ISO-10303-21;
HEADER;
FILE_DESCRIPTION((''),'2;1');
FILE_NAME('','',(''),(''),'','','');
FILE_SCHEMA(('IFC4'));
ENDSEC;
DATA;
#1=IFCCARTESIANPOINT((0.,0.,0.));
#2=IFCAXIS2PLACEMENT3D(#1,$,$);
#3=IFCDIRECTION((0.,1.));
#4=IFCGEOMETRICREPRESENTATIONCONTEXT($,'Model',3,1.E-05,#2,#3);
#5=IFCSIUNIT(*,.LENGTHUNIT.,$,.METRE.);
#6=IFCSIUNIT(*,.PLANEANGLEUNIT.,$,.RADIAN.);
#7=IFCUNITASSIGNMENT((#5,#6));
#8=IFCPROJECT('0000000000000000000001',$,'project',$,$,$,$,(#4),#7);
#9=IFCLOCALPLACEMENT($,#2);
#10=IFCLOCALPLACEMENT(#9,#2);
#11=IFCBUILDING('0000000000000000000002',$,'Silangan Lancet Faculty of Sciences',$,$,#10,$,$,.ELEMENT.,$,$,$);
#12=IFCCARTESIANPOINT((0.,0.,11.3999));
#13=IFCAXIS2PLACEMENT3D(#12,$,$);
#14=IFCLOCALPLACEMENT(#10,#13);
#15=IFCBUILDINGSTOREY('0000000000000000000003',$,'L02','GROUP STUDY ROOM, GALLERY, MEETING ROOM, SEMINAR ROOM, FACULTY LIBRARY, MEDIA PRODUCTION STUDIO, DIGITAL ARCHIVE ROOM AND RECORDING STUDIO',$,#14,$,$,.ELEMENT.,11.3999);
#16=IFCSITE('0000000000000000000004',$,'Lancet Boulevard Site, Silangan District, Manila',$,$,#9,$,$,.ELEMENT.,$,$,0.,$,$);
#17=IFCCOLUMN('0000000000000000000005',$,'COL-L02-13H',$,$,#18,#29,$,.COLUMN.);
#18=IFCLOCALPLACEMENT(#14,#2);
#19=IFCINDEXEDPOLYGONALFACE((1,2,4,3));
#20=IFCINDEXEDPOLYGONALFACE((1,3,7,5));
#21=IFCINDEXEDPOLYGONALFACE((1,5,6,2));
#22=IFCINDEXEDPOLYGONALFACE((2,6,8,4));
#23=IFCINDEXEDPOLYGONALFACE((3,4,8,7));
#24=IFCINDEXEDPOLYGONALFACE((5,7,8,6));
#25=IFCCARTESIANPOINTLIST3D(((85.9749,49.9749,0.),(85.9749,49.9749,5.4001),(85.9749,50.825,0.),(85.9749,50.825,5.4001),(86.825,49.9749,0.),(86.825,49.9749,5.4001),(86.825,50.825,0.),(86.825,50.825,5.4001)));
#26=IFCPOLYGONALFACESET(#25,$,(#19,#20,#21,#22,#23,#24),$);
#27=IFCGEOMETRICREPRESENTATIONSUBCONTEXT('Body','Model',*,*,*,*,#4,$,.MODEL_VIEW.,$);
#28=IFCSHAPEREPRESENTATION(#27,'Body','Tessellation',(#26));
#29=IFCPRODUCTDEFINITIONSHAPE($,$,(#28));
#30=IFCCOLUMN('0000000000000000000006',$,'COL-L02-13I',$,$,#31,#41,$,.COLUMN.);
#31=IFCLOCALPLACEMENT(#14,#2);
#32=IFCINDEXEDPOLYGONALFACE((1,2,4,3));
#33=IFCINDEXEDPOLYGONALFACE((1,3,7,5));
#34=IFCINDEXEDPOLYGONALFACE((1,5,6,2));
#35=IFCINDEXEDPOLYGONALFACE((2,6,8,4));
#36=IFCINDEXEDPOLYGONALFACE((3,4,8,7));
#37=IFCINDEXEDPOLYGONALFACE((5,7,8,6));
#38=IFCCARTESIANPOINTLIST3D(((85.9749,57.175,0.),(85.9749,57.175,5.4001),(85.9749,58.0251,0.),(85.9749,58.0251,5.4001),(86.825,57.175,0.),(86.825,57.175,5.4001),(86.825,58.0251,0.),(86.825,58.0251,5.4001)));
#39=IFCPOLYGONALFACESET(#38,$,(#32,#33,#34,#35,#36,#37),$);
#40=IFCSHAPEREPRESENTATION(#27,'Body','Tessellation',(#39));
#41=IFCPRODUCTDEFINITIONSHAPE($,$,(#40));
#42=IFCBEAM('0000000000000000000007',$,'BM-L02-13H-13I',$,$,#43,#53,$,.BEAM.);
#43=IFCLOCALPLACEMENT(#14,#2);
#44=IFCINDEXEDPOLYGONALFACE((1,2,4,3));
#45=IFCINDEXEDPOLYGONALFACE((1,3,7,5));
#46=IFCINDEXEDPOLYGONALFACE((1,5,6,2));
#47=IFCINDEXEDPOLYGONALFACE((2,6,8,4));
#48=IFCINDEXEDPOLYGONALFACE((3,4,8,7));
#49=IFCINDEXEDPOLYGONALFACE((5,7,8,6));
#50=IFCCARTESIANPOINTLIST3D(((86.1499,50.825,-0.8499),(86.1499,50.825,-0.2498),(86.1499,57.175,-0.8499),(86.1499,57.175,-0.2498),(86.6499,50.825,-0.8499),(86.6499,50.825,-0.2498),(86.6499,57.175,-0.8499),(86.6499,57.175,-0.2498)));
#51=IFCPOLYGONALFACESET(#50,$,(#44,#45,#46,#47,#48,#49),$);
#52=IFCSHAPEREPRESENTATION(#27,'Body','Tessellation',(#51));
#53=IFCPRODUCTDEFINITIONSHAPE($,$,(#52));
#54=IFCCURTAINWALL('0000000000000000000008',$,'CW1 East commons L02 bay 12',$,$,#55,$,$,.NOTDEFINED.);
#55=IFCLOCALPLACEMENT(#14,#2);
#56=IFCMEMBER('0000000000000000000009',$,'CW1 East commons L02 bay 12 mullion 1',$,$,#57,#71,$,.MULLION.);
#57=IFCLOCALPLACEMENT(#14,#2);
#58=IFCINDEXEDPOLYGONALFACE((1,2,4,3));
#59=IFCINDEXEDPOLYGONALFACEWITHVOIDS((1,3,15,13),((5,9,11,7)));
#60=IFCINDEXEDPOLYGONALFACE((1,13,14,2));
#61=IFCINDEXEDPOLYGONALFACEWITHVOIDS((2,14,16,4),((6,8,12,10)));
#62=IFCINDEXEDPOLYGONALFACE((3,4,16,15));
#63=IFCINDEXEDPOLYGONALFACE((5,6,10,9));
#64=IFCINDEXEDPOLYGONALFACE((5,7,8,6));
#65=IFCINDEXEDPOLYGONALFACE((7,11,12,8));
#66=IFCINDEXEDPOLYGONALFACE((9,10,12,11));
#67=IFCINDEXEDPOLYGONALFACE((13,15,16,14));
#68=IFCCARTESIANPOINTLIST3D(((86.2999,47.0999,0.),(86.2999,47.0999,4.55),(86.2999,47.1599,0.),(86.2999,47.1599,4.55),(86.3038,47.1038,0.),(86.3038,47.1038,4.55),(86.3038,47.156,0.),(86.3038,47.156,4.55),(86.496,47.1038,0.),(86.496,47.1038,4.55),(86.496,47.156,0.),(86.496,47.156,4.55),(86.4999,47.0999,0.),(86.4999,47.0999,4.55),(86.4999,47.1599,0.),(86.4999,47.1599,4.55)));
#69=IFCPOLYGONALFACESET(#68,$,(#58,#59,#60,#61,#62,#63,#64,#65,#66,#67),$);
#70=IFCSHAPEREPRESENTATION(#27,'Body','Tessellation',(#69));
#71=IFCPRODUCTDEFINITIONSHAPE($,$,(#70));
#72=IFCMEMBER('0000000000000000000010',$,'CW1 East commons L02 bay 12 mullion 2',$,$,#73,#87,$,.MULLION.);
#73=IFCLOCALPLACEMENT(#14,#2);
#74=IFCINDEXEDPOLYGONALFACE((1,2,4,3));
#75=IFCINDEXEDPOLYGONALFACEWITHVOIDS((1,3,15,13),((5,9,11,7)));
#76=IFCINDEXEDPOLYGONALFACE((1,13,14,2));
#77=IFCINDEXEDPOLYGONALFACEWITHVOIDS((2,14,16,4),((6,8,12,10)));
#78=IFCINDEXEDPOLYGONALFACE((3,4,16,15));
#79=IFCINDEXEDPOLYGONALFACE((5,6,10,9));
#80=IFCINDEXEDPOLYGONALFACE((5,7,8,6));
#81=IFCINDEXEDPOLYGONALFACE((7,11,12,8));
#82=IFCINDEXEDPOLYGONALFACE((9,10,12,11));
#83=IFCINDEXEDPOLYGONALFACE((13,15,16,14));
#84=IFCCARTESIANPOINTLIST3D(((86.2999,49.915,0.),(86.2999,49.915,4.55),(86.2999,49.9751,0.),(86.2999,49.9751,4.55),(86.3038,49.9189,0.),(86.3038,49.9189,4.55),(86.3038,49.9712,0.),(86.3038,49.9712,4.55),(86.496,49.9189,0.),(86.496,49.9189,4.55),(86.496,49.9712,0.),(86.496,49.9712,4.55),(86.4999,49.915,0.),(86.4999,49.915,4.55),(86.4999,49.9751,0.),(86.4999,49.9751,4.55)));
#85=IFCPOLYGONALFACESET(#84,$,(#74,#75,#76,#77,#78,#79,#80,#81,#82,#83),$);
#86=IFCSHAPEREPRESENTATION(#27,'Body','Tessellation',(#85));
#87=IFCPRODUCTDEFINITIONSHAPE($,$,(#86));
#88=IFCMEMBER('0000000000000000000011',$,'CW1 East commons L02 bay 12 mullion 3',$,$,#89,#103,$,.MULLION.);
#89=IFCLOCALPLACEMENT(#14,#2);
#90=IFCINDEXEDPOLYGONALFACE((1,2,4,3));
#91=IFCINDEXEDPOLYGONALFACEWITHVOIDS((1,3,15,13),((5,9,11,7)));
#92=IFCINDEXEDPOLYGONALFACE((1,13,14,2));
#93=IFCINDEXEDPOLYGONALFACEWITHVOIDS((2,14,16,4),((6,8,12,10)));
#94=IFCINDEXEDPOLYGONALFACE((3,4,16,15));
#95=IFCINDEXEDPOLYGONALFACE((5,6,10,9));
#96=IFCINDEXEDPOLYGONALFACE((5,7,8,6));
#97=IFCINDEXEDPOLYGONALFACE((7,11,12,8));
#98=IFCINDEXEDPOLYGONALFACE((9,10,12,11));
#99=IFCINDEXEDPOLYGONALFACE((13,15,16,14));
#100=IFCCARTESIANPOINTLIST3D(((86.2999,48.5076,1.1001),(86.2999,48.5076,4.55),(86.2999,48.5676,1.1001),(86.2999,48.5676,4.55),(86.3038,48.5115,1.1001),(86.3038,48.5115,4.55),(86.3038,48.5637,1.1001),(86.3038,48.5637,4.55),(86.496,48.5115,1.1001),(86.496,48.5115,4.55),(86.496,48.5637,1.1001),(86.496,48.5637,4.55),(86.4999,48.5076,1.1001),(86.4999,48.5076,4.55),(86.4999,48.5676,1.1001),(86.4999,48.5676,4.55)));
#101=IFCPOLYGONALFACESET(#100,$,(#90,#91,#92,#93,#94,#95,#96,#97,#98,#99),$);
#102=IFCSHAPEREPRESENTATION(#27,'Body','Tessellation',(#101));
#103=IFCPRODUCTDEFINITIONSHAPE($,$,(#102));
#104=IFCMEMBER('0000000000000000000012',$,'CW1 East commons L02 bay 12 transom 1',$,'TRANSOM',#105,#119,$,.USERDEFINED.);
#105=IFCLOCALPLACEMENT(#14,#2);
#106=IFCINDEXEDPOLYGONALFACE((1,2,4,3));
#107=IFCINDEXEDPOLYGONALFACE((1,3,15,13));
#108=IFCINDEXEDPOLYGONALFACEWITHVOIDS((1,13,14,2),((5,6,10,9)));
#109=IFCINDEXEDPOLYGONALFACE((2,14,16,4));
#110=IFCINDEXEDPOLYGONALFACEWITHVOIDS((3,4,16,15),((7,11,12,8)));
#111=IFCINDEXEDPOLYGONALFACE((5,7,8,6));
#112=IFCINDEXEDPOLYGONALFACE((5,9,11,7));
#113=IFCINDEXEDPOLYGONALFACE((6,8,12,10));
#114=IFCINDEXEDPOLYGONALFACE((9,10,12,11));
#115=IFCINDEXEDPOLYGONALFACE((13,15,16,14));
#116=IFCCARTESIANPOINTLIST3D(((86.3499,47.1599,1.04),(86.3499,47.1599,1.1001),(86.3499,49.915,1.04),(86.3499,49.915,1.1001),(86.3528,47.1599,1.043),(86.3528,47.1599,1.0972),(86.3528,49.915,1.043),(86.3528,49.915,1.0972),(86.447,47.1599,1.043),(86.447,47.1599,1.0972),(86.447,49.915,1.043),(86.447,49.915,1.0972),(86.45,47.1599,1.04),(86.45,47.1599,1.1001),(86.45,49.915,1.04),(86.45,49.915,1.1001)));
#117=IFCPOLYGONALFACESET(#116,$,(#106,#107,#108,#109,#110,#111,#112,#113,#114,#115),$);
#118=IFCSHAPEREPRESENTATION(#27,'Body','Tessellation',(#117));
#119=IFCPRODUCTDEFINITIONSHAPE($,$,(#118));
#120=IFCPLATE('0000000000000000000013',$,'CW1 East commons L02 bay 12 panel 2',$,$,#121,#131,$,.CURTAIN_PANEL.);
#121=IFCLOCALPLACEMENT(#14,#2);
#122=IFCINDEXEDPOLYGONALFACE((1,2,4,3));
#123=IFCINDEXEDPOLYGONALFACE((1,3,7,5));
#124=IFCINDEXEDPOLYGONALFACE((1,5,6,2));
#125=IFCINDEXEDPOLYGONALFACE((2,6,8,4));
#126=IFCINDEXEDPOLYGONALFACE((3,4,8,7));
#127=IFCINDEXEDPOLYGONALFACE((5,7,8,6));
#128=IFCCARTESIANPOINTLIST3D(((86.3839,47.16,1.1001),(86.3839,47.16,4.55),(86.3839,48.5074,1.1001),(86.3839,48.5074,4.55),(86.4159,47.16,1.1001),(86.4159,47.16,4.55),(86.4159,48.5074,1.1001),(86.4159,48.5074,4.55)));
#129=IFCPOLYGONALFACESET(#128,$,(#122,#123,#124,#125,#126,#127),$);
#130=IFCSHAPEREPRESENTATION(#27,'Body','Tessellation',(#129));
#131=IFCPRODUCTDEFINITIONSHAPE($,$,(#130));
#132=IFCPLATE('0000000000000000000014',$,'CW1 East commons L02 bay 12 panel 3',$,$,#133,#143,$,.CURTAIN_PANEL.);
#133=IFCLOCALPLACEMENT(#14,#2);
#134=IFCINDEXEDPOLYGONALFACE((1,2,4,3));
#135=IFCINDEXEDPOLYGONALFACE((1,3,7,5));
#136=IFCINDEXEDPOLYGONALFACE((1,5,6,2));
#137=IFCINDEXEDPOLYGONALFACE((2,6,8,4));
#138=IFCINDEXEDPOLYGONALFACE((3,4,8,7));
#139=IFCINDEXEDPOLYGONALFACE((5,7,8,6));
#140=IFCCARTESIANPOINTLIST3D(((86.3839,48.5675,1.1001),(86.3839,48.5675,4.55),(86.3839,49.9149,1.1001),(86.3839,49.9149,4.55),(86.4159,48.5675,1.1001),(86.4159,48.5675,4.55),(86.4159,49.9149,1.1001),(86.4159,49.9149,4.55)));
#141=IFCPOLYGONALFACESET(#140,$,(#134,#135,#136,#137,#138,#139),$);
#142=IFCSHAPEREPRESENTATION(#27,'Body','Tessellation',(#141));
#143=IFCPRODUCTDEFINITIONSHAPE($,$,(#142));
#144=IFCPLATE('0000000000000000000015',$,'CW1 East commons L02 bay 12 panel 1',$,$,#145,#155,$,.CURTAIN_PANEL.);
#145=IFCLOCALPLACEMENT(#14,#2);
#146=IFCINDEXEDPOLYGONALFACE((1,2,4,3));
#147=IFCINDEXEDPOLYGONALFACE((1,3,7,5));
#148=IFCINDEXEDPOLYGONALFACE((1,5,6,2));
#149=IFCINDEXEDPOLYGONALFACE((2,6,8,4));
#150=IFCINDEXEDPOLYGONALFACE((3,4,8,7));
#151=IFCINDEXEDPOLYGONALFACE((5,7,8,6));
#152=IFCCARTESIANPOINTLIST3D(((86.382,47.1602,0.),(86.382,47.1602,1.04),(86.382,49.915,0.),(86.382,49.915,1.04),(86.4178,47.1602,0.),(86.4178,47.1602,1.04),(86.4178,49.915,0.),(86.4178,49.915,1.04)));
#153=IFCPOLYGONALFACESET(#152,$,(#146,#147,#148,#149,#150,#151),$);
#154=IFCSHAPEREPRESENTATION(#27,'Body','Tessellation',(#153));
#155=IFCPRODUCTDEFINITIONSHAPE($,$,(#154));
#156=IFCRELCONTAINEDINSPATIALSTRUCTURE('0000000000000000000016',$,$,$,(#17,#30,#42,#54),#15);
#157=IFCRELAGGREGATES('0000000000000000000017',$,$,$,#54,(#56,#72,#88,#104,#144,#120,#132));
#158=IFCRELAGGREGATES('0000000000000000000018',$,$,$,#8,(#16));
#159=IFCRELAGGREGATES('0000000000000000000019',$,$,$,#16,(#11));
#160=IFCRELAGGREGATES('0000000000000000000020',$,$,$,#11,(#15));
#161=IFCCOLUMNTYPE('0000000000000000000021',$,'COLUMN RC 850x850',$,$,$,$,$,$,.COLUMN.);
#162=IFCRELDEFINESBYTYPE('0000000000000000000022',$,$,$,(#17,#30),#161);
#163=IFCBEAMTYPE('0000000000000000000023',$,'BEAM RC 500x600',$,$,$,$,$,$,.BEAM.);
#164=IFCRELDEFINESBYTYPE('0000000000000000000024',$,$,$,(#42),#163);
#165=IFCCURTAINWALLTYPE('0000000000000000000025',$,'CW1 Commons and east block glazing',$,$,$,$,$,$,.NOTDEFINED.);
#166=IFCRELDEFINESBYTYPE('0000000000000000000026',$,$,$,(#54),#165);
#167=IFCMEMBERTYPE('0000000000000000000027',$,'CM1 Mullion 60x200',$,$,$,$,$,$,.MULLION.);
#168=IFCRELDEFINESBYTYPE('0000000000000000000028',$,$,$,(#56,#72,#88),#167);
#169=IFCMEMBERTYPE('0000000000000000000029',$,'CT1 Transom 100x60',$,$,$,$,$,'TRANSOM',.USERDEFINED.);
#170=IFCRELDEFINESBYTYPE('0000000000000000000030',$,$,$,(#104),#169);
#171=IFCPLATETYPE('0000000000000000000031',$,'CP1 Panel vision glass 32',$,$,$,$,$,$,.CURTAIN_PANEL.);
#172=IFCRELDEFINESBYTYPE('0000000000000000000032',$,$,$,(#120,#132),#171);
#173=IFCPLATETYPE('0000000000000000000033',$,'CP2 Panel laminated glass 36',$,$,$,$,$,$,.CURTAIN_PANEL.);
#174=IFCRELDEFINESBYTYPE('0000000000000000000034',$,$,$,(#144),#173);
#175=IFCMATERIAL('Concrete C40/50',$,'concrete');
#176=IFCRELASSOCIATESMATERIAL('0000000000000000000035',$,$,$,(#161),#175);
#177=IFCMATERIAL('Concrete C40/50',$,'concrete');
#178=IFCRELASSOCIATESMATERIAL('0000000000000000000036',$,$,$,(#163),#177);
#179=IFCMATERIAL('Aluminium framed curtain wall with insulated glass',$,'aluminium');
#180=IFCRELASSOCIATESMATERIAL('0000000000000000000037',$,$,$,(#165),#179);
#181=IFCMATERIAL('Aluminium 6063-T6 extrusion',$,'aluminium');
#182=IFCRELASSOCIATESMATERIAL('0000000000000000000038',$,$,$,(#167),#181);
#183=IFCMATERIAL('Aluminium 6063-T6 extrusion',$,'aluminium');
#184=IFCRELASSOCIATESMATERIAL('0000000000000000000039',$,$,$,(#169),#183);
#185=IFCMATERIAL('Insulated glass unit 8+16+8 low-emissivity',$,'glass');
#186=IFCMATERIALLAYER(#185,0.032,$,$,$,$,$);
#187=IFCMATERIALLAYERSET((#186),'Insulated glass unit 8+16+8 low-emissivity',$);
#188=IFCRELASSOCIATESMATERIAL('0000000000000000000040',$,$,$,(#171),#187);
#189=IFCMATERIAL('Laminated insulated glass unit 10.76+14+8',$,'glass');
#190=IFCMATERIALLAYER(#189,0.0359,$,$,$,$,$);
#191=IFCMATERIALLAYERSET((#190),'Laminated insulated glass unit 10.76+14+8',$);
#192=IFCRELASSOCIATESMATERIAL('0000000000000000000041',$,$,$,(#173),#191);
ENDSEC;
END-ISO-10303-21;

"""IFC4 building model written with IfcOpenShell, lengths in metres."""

from ifc_helpers import new_model, si_unit, direction, frame, origin, origin_2d, place, context, subcontext, project, spatial, rectangle, hollow_rectangle, extrude, material, layer, layer_set, material_profile, profile_set, type_object, element, aggregate, save


model = new_model("IFC4")

# Units and contexts
model_context = context("Model", 3, precision=1e-05, world=origin(), true_north=direction((0.0, 1.0)))
body_context = subcontext(model_context, "Body", "Model", "MODEL_VIEW")
ifc_project = project(units=[si_unit("LENGTHUNIT", "METRE"), si_unit("PLANEANGLEUNIT", "RADIAN")], contexts=[model_context])

# Site, building, storey
site_placement = place(None, origin())
site = spatial("IfcSite", under=ifc_project, at=site_placement, Name="Lancet Boulevard Site, Silangan District, Manila", CompositionType="ELEMENT", RefElevation=0.0)
building_placement = place(site_placement, origin())
building = spatial("IfcBuilding", under=site, at=building_placement, Name="Silangan Lancet Faculty of Sciences", CompositionType="ELEMENT")
storey_placement = place(building_placement, frame((0.0, 0.0, 11.3999)))
storey = spatial("IfcBuildingStorey", under=building, at=storey_placement, Name="L02", Description="GROUP STUDY ROOM, GALLERY, MEETING ROOM, SEMINAR ROOM, FACULTY LIBRARY, MEDIA PRODUCTION STUDIO, DIGITAL ARCHIVE ROOM AND RECORDING STUDIO", CompositionType="ELEMENT", Elevation=11.3999)

# Columns
ifc_material_1 = material(Name="Concrete C40/50", Category="concrete")
ifc_material_profile_1 = material_profile(ifc_material_1, rectangle(XDim=0.8501, YDim=0.8501, at=origin_2d()), Name="RC 850x850")
ifc_profile_set_1 = profile_set([ifc_material_profile_1], Name="Concrete C40/50")
column_type = type_object("IfcColumnType", Name="COLUMN RC 850x850", PredefinedType="COLUMN", material=ifc_profile_set_1)
for number, where, z_axis, x_axis, name in (
    (1, (86.3999, 50.3999, 0.0), (0.0, 0.0, 1.0), (1.0, 0.0, 0.0), "COL-L02-13H"),
    (2, (86.3999, 57.6001, 0.0), (0.0, 0.0, 1.0), (1.0, 0.0, 0.0), "COL-L02-13I"),
):
    element("IfcColumn", number, at=place(storey_placement, frame(where, z_axis=z_axis, x_axis=x_axis)), inside=storey, type_object=column_type, Name=name, PredefinedType="COLUMN", context=body_context, shape_type="SweptSolid", body=[
        extrude(rectangle(XDim=0.8501, YDim=0.8501, at=origin_2d()), origin(), (0.0, 0.0, 1.0), 5.4001),
    ])

# Beam
ifc_material_2 = material(Name="Concrete C40/50", Category="concrete")
ifc_material_profile_2 = material_profile(ifc_material_2, rectangle(XDim=0.5, YDim=0.6001, at=origin_2d()), Name="RC 500x600")
ifc_profile_set_2 = profile_set([ifc_material_profile_2], Name="Concrete C40/50")
beam_type = type_object("IfcBeamType", Name="BEAM RC 500x600", PredefinedType="BEAM", material=ifc_profile_set_2)
beam_placement = place(storey_placement, frame((86.3999, 50.825, -0.5498), z_axis=(0.0, 1.0, 0.0), x_axis=(-1.0, 0.0, 0.0)))
element("IfcBeam", 3, at=beam_placement, inside=storey, type_object=beam_type, Name="BM-L02-13H-13I", PredefinedType="BEAM", context=body_context, shape_type="SweptSolid", body=[
    extrude(rectangle(XDim=0.5, YDim=0.6001, at=origin_2d()), origin(), (0.0, 0.0, 1.0), 6.3501),
])

# Curtain wall, members, plates
ifc_material_3 = material(Name="Aluminium framed curtain wall with insulated glass", Category="aluminium")
curtain_wall_type = type_object("IfcCurtainWallType", Name="CW1 Commons and east block glazing", PredefinedType="NOTDEFINED", material=ifc_material_3)
curtain_wall_placement = place(storey_placement, origin())
curtain_wall = element("IfcCurtainWall", 4, at=curtain_wall_placement, inside=storey, type_object=curtain_wall_type, Name="CW1 East commons L02 bay 12", PredefinedType="NOTDEFINED")
ifc_material_4 = material(Name="Aluminium 6063-T6 extrusion", Category="aluminium")
ifc_material_profile_3 = material_profile(ifc_material_4, hollow_rectangle(XDim=0.0601, YDim=0.2, WallThickness=0.0039, at=origin_2d()), Name="AL BOX 60x200x4")
ifc_profile_set_3 = profile_set([ifc_material_profile_3], Name="Aluminium 6063-T6 extrusion")
member_type_1 = type_object("IfcMemberType", Name="CM1 Mullion 60x200", PredefinedType="MULLION", material=ifc_profile_set_3)
member_1_placement = place(storey_placement, frame((86.3999, 47.1299, 0.0), z_axis=(0.0, 0.0, 1.0), x_axis=(0.0, 1.0, 0.0)))
member_1 = element("IfcMember", 5, at=member_1_placement, type_object=member_type_1, Name="CW1 East commons L02 bay 12 mullion 1", PredefinedType="MULLION", context=body_context, shape_type="SweptSolid", body=[
    extrude(hollow_rectangle(XDim=0.0601, YDim=0.2, WallThickness=0.0039, at=origin_2d()), origin(), (0.0, 0.0, 1.0), 4.55),
])
member_2_placement = place(storey_placement, frame((86.3999, 49.9451, 0.0), z_axis=(0.0, 0.0, 1.0), x_axis=(0.0, 1.0, 0.0)))
member_2 = element("IfcMember", 6, at=member_2_placement, type_object=member_type_1, Name="CW1 East commons L02 bay 12 mullion 2", PredefinedType="MULLION", context=body_context, shape_type="SweptSolid", body=[
    extrude(hollow_rectangle(XDim=0.0601, YDim=0.2, WallThickness=0.0039, at=origin_2d()), origin(), (0.0, 0.0, 1.0), 4.55),
])
member_3_placement = place(storey_placement, frame((86.3999, 48.5376, 1.1001), z_axis=(0.0, 0.0, 1.0), x_axis=(0.0, 1.0, 0.0)))
member_3 = element("IfcMember", 7, at=member_3_placement, type_object=member_type_1, Name="CW1 East commons L02 bay 12 mullion 3", PredefinedType="MULLION", context=body_context, shape_type="SweptSolid", body=[
    extrude(hollow_rectangle(XDim=0.0601, YDim=0.2, WallThickness=0.0039, at=origin_2d()), origin(), (0.0, 0.0, 1.0), 3.45),
])
ifc_material_5 = material(Name="Aluminium 6063-T6 extrusion", Category="aluminium")
ifc_material_profile_4 = material_profile(ifc_material_5, hollow_rectangle(XDim=0.1001, YDim=0.0601, WallThickness=0.0029, at=origin_2d()), Name="AL BOX 100x60x3")
ifc_profile_set_4 = profile_set([ifc_material_profile_4], Name="Aluminium 6063-T6 extrusion")
member_type_2 = type_object("IfcMemberType", Name="CT1 Transom 100x60", ElementType="TRANSOM", PredefinedType="USERDEFINED", material=ifc_profile_set_4)
member_4_placement = place(storey_placement, frame((86.3999, 47.1599, 1.0701), z_axis=(0.0, 1.0, 0.0), x_axis=(-1.0, 0.0, 0.0)))
member_4 = element("IfcMember", 8, at=member_4_placement, type_object=member_type_2, Name="CW1 East commons L02 bay 12 transom 1", ObjectType="TRANSOM", PredefinedType="USERDEFINED", context=body_context, shape_type="SweptSolid", body=[
    extrude(hollow_rectangle(XDim=0.1001, YDim=0.0601, WallThickness=0.0029, at=origin_2d()), origin(), (0.0, 0.0, 1.0), 2.7551),
])
ifc_material_6 = material(Name="Insulated glass unit 8+16+8 low-emissivity", Category="glass")
ifc_layer_1 = layer(ifc_material_6, 0.032)
ifc_layer_set_1 = layer_set([ifc_layer_1], Name="Insulated glass unit 8+16+8 low-emissivity")
plate_type_1 = type_object("IfcPlateType", Name="CP1 Panel vision glass 32", PredefinedType="CURTAIN_PANEL", material=ifc_layer_set_1)
plate_1_placement = place(storey_placement, frame((86.3999, 47.8337, 1.1001), z_axis=(0.0, 0.0, 1.0), x_axis=(0.0, 1.0, 0.0)))
plate_1 = element("IfcPlate", 9, at=plate_1_placement, type_object=plate_type_1, Name="CW1 East commons L02 bay 12 panel 2", PredefinedType="CURTAIN_PANEL", context=body_context, shape_type="SweptSolid", body=[
    extrude(rectangle(XDim=1.3474, YDim=0.032, at=origin_2d()), origin(), (0.0, 0.0, 1.0), 3.45),
])
plate_2_placement = place(storey_placement, frame((86.3999, 49.2412, 1.1001), z_axis=(0.0, 0.0, 1.0), x_axis=(0.0, 1.0, 0.0)))
plate_2 = element("IfcPlate", 10, at=plate_2_placement, type_object=plate_type_1, Name="CW1 East commons L02 bay 12 panel 3", PredefinedType="CURTAIN_PANEL", context=body_context, shape_type="SweptSolid", body=[
    extrude(rectangle(XDim=1.3474, YDim=0.032, at=origin_2d()), origin(), (0.0, 0.0, 1.0), 3.45),
])
ifc_material_7 = material(Name="Laminated insulated glass unit 10.76+14+8", Category="glass")
ifc_layer_2 = layer(ifc_material_7, 0.0359)
ifc_layer_set_2 = layer_set([ifc_layer_2], Name="Laminated insulated glass unit 10.76+14+8")
plate_type_2 = type_object("IfcPlateType", Name="CP2 Panel laminated glass 36", PredefinedType="CURTAIN_PANEL", material=ifc_layer_set_2)
plate_3_placement = place(storey_placement, frame((86.3999, 48.5376, 0.0), z_axis=(0.0, 0.0, 1.0), x_axis=(0.0, 1.0, 0.0)))
plate_3 = element("IfcPlate", 11, at=plate_3_placement, type_object=plate_type_2, Name="CW1 East commons L02 bay 12 panel 1", PredefinedType="CURTAIN_PANEL", context=body_context, shape_type="SweptSolid", body=[
    extrude(rectangle(XDim=2.7549, YDim=0.0359, at=origin_2d()), origin(), (0.0, 0.0, 1.0), 1.04),
])
aggregate(curtain_wall, [member_1, member_2, member_3, member_4, plate_3, plate_1, plate_2])

save(model, "model.ifc")
